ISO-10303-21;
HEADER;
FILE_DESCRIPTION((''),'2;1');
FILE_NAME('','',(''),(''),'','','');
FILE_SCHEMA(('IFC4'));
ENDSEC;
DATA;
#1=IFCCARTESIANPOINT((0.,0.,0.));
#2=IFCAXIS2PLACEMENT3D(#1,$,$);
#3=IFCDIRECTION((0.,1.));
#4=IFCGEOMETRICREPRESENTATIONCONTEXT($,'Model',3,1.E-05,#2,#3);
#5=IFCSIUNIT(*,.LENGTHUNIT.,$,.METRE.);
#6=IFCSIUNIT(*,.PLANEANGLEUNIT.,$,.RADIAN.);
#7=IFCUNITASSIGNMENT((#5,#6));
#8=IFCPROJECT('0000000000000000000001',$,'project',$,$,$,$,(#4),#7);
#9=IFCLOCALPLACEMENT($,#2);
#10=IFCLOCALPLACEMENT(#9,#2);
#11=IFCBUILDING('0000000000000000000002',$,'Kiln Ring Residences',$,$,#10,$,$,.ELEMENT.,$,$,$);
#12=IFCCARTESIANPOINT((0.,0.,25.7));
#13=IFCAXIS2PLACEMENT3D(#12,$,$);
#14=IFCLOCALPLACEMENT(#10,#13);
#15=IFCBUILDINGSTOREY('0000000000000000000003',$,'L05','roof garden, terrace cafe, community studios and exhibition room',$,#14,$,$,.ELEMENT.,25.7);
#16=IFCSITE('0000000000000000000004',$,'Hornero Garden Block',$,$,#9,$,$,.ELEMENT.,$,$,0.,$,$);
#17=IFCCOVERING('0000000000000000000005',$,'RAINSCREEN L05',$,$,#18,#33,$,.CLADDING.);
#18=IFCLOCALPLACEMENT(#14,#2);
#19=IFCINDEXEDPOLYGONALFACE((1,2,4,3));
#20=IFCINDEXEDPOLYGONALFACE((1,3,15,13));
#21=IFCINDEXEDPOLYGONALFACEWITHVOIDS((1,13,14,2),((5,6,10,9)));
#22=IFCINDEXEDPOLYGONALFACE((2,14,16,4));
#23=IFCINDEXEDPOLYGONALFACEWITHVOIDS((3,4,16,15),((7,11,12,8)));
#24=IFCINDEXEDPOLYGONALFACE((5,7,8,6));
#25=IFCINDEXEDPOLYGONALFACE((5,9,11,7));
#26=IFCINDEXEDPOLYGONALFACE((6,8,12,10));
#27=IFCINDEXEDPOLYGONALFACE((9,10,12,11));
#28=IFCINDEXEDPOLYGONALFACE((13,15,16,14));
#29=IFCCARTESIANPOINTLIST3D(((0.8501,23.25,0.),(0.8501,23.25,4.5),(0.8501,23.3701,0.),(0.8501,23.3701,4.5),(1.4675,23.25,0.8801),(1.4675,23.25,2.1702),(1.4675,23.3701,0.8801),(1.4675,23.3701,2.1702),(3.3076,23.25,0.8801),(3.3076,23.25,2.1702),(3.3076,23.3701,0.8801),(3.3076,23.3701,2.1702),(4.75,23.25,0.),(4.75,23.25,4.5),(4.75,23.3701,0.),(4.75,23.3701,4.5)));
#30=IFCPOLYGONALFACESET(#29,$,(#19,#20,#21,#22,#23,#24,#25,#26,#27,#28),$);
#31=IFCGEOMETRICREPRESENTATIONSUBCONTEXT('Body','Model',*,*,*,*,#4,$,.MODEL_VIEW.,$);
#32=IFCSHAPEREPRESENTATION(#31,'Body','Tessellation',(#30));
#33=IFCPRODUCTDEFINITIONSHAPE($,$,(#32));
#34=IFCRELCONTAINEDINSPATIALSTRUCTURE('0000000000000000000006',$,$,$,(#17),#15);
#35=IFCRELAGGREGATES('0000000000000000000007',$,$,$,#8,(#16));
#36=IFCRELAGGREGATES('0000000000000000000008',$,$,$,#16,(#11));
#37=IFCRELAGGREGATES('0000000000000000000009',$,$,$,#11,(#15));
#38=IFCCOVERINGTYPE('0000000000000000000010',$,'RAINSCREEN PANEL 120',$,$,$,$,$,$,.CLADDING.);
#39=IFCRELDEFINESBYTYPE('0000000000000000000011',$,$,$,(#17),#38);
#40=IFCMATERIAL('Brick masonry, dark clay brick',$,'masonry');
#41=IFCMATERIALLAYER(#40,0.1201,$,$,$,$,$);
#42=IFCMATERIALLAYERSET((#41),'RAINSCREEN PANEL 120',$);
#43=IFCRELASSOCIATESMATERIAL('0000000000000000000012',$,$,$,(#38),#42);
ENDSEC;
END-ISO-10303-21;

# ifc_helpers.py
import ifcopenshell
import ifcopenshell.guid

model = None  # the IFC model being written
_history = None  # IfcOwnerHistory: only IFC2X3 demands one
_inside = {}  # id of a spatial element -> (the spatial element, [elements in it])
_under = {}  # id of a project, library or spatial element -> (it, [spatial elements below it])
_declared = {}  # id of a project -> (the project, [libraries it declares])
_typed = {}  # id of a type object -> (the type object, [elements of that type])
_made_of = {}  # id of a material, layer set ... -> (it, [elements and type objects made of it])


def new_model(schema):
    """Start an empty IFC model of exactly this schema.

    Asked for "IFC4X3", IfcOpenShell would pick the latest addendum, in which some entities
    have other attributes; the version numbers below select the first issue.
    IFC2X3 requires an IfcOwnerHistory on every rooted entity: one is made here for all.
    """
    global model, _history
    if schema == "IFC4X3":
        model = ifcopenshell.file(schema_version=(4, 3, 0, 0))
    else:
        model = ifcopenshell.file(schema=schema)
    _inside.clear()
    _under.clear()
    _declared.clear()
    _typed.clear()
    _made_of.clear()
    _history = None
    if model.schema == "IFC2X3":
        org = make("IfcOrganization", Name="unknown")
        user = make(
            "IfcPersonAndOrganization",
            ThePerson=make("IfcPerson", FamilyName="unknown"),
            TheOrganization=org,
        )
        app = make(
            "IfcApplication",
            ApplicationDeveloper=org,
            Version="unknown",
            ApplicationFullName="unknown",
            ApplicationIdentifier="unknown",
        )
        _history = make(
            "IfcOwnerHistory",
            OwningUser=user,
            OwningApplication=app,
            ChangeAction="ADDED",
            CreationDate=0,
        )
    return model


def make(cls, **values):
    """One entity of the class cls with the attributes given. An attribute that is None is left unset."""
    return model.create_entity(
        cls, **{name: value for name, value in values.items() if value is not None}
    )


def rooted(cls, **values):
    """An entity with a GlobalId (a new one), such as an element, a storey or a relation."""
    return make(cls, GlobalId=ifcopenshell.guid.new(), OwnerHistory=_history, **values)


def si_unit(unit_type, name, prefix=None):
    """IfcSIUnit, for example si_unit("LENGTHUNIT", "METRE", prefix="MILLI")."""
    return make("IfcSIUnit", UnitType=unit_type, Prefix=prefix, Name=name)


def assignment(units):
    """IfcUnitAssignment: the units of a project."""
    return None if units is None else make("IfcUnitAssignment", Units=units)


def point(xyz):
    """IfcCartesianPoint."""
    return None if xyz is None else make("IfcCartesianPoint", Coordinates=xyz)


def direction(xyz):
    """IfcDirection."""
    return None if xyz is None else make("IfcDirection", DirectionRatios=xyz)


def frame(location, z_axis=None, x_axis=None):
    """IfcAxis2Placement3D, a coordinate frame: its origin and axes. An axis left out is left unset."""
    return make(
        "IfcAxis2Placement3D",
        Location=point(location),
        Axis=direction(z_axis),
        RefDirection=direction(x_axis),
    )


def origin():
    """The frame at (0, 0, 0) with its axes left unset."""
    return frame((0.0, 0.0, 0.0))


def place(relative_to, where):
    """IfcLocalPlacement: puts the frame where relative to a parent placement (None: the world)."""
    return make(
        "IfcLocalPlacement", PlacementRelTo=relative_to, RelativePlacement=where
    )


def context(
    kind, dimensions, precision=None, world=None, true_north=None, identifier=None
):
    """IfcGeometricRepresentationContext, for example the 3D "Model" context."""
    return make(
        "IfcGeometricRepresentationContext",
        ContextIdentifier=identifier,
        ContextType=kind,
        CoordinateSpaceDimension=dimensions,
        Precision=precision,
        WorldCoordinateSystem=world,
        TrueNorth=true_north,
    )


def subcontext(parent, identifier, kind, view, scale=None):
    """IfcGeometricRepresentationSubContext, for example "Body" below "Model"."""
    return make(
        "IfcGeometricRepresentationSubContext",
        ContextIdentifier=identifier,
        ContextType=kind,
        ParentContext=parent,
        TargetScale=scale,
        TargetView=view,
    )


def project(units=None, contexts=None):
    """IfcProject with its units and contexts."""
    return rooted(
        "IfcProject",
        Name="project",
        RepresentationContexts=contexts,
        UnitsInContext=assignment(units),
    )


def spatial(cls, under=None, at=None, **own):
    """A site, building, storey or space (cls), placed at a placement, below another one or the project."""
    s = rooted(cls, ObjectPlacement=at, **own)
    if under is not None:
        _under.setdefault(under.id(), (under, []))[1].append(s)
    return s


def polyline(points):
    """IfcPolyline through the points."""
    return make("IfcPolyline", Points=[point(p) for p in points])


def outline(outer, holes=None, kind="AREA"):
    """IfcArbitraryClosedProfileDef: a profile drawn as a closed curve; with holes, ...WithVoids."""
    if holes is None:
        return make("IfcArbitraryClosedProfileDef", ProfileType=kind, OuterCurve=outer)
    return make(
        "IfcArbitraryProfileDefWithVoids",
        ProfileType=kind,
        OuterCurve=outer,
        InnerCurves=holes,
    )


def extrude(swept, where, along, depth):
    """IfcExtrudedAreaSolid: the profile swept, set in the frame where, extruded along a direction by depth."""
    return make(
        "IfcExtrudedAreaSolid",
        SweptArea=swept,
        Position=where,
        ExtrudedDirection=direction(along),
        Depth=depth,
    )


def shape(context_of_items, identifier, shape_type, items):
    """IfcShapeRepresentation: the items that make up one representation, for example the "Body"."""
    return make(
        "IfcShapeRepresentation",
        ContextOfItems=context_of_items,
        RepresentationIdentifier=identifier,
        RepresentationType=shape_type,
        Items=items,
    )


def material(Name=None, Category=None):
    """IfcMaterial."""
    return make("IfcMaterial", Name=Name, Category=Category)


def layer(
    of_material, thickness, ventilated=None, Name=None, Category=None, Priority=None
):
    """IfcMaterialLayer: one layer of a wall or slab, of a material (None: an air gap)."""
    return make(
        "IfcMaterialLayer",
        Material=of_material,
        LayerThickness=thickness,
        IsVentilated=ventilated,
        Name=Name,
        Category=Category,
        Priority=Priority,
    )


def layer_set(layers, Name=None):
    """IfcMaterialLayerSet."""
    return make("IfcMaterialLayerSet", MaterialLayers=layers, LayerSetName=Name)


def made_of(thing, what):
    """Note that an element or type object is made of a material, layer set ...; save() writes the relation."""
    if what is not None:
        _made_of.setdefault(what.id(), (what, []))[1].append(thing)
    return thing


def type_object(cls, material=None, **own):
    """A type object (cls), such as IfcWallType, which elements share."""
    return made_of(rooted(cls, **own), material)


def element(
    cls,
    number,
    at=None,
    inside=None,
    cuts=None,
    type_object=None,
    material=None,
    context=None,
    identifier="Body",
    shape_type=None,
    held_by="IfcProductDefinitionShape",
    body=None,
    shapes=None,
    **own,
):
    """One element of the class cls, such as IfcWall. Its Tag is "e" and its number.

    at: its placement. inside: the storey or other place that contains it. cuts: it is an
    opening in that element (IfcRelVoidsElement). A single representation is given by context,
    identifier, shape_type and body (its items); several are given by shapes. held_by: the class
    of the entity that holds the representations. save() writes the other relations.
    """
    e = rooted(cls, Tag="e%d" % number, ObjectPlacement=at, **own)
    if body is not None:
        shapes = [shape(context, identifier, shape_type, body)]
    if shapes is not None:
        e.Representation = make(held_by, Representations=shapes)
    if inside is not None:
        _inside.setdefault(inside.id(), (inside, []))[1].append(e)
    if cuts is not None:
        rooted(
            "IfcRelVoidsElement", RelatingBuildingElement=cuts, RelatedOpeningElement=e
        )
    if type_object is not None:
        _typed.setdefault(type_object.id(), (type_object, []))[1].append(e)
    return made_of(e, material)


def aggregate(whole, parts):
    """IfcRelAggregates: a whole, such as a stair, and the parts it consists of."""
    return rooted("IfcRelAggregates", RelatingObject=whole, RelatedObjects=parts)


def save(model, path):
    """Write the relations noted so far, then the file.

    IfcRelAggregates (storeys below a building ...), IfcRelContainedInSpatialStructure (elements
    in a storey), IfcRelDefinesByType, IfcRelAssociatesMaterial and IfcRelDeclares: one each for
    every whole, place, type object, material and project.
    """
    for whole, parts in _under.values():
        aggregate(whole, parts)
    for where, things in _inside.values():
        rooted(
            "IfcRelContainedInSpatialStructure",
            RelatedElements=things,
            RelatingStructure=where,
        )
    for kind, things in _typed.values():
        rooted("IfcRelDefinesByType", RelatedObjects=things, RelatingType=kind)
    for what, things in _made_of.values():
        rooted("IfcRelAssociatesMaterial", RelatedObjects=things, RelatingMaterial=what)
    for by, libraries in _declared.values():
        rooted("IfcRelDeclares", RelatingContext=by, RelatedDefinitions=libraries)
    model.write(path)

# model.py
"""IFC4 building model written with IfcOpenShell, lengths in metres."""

from ifc_helpers import new_model, si_unit, direction, frame, origin, place, context, subcontext, project, spatial, polyline, outline, extrude, material, layer, layer_set, type_object, element, save


model = new_model("IFC4")

# Units and contexts
model_context = context("Model", 3, precision=1e-05, world=origin(), true_north=direction((0.0, 1.0)))
body_context = subcontext(model_context, "Body", "Model", "MODEL_VIEW")
ifc_project = project(units=[si_unit("LENGTHUNIT", "METRE"), si_unit("PLANEANGLEUNIT", "RADIAN")], contexts=[model_context])

# Site, building, storey
site_placement = place(None, origin())
site = spatial("IfcSite", under=ifc_project, at=site_placement, Name="Hornero Garden Block", CompositionType="ELEMENT", RefElevation=0.0)
building_placement = place(site_placement, origin())
building = spatial("IfcBuilding", under=site, at=building_placement, Name="Kiln Ring Residences", CompositionType="ELEMENT")
storey_placement = place(building_placement, frame((0.0, 0.0, 25.7)))
storey = spatial("IfcBuildingStorey", under=building, at=storey_placement, Name="L05", Description="roof garden, terrace cafe, community studios and exhibition room", CompositionType="ELEMENT", Elevation=25.7)

# Covering
ifc_material_1 = material(Name="Brick masonry, dark clay brick", Category="masonry")
ifc_layer_1 = layer(ifc_material_1, 0.1201)
ifc_layer_set_1 = layer_set([ifc_layer_1], Name="RAINSCREEN PANEL 120")
covering_type = type_object("IfcCoveringType", Name="RAINSCREEN PANEL 120", PredefinedType="CLADDING", material=ifc_layer_set_1)
covering_1_placement = place(storey_placement, frame((4.75, 23.3101, 0.0), z_axis=(0.0, 0.0, 1.0), x_axis=(-1.0, 0.0, 0.0)))
element("IfcCovering", 1, at=covering_1_placement, inside=storey, type_object=covering_type, Name="RAINSCREEN L05", PredefinedType="CLADDING", context=body_context, shape_type="SweptSolid", body=[
    extrude(outline(polyline([(0.0, 0.0), (3.8999, 0.0), (3.8999, 4.5), (0.0, 4.5), (0.0, 0.0)]), holes=[polyline([(1.4424, 2.1702), (1.4424, 0.8801), (3.2825, 0.8801), (3.2825, 2.1702), (1.4424, 2.1702)])]), frame((0.0, 0.0601, 0.0), z_axis=(0.0, -1.0, 0.0), x_axis=(1.0, 0.0, 0.0)), (0.0, 0.0, 1.0), 0.1201),
])

save(model, "model.ifc")
